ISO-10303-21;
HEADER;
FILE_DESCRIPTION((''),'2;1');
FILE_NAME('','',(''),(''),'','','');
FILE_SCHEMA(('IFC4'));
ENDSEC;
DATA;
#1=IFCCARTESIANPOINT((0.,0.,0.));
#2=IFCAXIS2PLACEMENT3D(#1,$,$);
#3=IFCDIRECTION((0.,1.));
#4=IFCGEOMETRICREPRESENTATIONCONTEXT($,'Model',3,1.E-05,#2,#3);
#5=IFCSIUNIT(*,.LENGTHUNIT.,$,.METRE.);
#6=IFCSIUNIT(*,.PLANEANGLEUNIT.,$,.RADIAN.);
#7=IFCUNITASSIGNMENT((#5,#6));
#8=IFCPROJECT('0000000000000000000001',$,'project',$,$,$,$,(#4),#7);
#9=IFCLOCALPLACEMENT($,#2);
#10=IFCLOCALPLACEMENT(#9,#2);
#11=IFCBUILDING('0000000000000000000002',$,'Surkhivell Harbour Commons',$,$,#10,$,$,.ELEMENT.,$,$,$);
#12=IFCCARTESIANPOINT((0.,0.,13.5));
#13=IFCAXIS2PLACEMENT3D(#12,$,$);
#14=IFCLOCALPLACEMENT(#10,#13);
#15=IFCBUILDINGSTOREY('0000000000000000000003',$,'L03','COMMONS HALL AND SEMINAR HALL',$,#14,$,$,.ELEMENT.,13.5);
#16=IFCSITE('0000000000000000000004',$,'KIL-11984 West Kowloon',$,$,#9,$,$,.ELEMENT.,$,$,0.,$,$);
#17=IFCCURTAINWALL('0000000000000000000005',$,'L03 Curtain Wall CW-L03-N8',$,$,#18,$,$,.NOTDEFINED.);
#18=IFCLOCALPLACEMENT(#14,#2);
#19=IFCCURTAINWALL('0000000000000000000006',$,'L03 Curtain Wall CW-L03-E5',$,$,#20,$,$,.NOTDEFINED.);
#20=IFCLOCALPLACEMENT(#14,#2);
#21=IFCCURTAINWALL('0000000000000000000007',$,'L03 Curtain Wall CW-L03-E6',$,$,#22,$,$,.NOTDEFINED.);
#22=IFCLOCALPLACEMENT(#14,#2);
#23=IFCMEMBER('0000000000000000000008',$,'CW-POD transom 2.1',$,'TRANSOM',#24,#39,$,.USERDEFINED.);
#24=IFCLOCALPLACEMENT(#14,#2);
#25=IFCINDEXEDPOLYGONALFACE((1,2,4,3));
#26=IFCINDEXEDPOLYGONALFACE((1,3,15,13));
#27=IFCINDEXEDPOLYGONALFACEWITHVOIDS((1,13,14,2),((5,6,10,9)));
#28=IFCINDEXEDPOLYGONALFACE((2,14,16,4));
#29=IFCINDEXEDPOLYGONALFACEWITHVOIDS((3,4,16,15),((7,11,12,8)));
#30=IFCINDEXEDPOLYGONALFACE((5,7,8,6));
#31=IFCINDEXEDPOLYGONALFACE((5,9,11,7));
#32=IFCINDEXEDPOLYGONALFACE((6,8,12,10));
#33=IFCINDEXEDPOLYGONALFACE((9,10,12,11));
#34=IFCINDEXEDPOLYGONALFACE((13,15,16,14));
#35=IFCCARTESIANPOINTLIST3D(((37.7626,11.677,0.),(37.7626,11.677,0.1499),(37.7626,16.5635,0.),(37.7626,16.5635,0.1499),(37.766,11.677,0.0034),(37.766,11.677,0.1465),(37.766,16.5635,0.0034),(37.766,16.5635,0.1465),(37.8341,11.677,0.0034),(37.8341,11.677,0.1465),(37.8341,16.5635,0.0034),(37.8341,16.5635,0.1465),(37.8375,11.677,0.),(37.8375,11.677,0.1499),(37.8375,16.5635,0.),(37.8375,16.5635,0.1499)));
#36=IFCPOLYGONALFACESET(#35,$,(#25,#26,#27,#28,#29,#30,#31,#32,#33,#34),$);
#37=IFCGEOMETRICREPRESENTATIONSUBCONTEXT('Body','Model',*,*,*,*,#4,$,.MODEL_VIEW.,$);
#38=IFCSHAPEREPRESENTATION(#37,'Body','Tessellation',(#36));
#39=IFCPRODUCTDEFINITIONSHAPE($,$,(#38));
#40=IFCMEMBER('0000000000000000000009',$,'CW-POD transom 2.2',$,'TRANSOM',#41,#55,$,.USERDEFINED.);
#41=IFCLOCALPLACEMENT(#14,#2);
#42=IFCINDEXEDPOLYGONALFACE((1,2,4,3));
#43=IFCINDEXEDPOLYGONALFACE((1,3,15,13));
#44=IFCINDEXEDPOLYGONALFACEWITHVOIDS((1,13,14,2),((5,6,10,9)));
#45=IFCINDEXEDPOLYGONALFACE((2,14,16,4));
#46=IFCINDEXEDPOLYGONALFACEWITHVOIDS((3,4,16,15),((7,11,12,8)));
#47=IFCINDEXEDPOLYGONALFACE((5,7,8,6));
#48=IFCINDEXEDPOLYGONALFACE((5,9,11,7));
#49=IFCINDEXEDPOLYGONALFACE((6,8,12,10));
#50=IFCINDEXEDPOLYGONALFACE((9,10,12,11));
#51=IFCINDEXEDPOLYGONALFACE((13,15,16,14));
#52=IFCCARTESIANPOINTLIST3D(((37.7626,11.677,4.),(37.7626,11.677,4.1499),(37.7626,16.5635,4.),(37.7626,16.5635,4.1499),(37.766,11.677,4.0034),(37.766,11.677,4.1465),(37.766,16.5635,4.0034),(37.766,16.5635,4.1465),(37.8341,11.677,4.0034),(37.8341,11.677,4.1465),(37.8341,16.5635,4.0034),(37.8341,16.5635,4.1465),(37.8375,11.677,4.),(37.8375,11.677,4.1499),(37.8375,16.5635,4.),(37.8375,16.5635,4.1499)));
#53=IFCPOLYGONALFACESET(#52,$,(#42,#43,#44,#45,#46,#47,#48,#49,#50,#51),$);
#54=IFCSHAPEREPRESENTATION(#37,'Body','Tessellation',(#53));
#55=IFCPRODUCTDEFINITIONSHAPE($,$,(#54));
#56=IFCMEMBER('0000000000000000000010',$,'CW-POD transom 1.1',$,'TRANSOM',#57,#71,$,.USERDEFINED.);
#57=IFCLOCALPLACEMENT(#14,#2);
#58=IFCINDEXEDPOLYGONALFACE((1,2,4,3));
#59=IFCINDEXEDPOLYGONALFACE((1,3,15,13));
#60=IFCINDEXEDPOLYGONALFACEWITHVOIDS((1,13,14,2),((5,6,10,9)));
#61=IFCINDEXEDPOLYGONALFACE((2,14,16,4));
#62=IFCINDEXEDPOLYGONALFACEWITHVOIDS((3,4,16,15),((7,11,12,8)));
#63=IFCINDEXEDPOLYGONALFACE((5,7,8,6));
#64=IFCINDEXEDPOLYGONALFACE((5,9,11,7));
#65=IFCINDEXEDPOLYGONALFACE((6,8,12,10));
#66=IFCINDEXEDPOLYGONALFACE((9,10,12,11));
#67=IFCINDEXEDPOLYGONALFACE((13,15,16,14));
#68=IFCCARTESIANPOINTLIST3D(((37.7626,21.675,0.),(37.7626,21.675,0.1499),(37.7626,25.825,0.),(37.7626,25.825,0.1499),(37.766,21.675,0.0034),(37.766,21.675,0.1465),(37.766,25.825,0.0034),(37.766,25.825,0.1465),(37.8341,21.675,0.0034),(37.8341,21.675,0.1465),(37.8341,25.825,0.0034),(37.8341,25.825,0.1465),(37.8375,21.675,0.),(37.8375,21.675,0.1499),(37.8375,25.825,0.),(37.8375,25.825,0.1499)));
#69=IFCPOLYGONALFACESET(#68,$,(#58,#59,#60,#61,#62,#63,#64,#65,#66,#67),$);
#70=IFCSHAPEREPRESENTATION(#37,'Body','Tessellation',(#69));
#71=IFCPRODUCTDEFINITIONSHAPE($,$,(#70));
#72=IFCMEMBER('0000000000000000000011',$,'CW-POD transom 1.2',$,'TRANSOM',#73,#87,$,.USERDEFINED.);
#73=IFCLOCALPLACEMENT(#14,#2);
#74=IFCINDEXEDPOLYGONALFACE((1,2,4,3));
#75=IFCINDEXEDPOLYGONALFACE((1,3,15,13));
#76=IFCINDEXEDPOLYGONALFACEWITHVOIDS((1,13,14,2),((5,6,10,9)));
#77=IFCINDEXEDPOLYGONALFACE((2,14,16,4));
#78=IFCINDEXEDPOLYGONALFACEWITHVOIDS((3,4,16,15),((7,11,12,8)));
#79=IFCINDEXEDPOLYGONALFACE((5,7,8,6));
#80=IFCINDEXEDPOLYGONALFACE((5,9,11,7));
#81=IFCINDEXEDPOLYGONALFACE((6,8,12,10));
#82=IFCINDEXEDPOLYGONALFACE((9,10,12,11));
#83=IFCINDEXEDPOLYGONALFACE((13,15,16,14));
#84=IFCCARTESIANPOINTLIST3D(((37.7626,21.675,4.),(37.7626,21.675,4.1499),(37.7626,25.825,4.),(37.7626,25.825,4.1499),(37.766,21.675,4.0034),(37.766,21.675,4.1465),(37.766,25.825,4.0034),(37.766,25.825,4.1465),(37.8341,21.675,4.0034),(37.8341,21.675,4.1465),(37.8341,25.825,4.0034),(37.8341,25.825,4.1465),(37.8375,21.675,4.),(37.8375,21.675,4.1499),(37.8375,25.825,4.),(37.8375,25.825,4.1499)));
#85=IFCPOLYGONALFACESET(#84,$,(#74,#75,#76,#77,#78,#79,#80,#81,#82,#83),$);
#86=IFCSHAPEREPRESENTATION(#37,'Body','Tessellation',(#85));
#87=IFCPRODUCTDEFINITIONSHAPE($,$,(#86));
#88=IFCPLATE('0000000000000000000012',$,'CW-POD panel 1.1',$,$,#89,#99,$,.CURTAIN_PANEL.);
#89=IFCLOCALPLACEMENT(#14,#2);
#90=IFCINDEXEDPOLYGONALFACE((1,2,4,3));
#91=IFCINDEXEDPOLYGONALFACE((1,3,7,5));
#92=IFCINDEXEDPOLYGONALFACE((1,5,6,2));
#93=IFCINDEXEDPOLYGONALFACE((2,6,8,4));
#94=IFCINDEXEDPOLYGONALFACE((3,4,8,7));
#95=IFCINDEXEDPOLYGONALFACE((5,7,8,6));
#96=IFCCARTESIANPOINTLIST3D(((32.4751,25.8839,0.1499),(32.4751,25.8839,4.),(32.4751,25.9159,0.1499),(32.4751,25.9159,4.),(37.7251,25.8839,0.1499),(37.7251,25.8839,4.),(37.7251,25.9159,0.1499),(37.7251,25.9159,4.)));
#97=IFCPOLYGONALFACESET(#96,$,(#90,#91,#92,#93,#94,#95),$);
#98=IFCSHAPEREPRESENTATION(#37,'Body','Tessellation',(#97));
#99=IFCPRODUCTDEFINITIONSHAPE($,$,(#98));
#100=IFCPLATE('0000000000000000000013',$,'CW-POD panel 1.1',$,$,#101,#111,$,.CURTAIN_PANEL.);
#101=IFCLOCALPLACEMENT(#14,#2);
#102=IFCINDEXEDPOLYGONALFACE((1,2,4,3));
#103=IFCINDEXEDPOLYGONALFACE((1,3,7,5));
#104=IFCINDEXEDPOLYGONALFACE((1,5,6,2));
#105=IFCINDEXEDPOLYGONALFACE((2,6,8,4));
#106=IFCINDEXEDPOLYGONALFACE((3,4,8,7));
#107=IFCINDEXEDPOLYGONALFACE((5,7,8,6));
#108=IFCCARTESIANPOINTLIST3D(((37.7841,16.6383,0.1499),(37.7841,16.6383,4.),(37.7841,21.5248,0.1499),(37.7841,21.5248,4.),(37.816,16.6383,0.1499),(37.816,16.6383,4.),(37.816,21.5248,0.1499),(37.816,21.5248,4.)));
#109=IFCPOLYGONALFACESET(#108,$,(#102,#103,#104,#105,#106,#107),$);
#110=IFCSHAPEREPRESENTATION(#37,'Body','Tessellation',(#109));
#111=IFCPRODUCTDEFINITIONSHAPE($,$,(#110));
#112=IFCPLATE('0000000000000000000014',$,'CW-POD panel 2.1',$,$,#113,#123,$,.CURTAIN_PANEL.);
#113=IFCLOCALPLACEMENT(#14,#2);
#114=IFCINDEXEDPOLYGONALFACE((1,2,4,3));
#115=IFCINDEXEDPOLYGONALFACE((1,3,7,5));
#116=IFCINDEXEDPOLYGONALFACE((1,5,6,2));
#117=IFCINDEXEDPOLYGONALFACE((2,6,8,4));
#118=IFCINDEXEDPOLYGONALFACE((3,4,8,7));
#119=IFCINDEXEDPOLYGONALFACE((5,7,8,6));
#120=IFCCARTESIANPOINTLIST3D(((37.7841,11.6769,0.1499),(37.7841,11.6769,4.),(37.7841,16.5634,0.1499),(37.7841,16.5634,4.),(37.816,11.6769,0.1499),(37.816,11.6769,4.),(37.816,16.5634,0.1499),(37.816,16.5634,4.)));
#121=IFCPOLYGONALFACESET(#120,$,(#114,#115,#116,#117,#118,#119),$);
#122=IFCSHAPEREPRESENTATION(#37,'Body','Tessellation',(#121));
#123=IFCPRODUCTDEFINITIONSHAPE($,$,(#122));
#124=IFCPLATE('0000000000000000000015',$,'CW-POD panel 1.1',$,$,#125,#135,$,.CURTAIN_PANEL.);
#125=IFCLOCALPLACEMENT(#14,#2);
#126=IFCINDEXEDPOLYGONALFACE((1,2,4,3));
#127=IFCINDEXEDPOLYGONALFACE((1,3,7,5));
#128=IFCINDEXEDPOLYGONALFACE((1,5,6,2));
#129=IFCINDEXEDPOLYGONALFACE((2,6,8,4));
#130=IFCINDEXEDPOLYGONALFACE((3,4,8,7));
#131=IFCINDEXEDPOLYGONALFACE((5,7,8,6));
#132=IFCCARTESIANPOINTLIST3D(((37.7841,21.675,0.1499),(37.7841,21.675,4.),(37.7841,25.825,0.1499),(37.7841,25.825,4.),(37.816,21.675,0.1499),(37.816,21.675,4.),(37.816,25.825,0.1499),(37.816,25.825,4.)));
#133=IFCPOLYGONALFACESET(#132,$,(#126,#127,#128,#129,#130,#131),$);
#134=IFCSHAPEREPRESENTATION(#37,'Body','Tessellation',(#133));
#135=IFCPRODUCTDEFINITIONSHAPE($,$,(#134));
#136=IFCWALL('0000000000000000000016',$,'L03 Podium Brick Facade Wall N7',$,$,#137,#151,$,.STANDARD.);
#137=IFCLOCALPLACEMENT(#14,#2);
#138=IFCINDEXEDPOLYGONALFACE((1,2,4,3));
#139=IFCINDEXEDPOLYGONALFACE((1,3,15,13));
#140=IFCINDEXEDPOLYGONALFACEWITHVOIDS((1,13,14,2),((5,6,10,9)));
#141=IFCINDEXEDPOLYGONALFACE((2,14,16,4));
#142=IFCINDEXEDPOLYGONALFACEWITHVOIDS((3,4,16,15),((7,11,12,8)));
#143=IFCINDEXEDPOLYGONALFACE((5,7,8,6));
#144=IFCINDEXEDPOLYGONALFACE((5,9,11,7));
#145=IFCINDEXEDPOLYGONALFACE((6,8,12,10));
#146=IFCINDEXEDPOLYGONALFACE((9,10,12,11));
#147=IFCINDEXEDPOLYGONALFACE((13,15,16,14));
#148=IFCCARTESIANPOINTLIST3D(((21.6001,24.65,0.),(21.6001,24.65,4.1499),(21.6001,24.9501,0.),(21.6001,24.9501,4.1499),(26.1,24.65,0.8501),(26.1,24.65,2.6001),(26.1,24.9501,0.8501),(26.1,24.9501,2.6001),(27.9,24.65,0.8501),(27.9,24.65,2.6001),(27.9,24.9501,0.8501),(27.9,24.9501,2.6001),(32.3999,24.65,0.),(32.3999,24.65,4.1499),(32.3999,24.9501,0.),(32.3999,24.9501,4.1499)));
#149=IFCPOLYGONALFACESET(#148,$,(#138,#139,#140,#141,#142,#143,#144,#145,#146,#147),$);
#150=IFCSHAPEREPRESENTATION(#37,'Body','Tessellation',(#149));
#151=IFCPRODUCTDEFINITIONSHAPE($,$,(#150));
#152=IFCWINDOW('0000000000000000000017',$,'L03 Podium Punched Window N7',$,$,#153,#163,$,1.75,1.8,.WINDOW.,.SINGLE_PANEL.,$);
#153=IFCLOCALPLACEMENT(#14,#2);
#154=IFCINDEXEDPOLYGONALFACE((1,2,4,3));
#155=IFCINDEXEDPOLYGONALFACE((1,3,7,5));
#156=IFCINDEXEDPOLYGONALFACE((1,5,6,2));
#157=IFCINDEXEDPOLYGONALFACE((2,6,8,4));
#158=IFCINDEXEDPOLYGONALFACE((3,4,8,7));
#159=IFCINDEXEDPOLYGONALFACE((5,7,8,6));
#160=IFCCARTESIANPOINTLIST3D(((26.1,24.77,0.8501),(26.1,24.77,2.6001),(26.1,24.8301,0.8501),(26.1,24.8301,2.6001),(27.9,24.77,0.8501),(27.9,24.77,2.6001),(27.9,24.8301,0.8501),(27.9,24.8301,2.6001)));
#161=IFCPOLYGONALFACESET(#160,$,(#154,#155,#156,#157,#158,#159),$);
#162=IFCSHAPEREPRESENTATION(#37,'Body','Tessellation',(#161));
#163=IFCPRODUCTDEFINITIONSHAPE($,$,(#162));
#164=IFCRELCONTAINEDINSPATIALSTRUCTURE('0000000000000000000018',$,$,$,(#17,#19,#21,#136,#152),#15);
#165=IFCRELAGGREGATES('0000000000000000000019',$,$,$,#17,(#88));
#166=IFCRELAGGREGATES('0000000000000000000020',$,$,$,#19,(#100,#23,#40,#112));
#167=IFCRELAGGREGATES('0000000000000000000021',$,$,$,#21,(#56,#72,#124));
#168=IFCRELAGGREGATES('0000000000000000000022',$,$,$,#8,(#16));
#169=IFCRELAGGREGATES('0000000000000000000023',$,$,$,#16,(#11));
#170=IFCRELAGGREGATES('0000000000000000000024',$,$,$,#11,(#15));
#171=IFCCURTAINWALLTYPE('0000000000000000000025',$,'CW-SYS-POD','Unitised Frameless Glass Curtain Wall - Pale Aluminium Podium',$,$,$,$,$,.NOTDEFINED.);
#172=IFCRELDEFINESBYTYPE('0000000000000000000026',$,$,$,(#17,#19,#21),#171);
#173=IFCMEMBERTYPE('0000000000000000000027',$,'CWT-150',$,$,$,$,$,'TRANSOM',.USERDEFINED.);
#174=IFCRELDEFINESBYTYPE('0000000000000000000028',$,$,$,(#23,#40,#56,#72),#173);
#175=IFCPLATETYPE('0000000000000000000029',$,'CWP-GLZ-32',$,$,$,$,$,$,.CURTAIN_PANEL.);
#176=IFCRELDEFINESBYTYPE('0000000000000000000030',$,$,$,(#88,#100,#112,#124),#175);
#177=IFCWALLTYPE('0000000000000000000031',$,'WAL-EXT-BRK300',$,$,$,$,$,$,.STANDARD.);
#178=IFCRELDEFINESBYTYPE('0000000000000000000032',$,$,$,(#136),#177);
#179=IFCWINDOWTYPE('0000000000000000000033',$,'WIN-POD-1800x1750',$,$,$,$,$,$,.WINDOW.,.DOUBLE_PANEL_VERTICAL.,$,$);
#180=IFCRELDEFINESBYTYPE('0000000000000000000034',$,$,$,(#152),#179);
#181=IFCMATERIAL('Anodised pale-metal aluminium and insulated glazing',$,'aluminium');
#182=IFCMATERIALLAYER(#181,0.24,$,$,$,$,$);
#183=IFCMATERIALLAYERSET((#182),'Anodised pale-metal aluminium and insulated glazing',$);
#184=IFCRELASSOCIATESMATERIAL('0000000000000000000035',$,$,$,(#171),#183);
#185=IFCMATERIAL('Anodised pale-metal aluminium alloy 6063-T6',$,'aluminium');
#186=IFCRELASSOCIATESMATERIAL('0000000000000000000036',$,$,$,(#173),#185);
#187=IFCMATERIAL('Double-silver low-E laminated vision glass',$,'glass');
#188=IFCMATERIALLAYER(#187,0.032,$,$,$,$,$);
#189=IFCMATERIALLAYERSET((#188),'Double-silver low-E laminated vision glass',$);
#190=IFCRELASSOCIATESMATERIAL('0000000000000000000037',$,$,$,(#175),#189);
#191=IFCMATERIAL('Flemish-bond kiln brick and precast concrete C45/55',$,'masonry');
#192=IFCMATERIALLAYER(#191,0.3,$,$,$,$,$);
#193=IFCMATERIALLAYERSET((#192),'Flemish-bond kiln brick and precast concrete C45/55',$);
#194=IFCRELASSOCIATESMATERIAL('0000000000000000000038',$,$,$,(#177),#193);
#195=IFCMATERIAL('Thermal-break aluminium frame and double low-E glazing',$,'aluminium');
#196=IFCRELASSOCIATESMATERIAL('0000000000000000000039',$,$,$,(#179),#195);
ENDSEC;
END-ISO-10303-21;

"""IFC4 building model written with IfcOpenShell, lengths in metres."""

from ifc_helpers import new_model, si_unit, direction, frame, frame_2d, origin, origin_2d, place, context, subcontext, project, spatial, rectangle, hollow_rectangle, extrude, material, layer, layer_set, material_profile, profile_set, type_object, element, fill, aggregate, save


model = new_model("IFC4")

# Units and contexts
model_context = context("Model", 3, precision=1e-05, world=origin(), true_north=direction((0.0, 1.0)))
body_context = subcontext(model_context, "Body", "Model", "MODEL_VIEW")
ifc_project = project(units=[si_unit("LENGTHUNIT", "METRE"), si_unit("PLANEANGLEUNIT", "RADIAN")], contexts=[model_context])

# Site, building, storey
site_placement = place(None, origin())
site = spatial("IfcSite", under=ifc_project, at=site_placement, Name="KIL-11984 West Kowloon", CompositionType="ELEMENT", RefElevation=0.0)
building_placement = place(site_placement, origin())
building = spatial("IfcBuilding", under=site, at=building_placement, Name="Surkhivell Harbour Commons", CompositionType="ELEMENT")
storey_placement = place(building_placement, frame((0.0, 0.0, 13.5)))
storey = spatial("IfcBuildingStorey", under=building, at=storey_placement, Name="L03", Description="COMMONS HALL AND SEMINAR HALL", CompositionType="ELEMENT", Elevation=13.5)

# Shared definitions
ifc_material_1 = material(Name="Anodised pale-metal aluminium and insulated glazing", Category="aluminium")
ifc_layer_1 = layer(ifc_material_1, 0.24)
ifc_layer_set_1 = layer_set([ifc_layer_1], Name="Anodised pale-metal aluminium and insulated glazing")
curtain_wall_type = type_object("IfcCurtainWallType", Name="CW-SYS-POD", Description="Unitised Frameless Glass Curtain Wall - Pale Aluminium Podium", PredefinedType="NOTDEFINED", material=ifc_layer_set_1)
ifc_material_2 = material(Name="Anodised pale-metal aluminium alloy 6063-T6", Category="aluminium")

# Curtain walls
curtain_wall_1_placement = place(storey_placement, origin())
curtain_wall_1 = element("IfcCurtainWall", 1, at=curtain_wall_1_placement, inside=storey, type_object=curtain_wall_type, Name="L03 Curtain Wall CW-L03-N8", PredefinedType="NOTDEFINED")
curtain_wall_2_placement = place(storey_placement, origin())
curtain_wall_2 = element("IfcCurtainWall", 2, at=curtain_wall_2_placement, inside=storey, type_object=curtain_wall_type, Name="L03 Curtain Wall CW-L03-E5", PredefinedType="NOTDEFINED")
curtain_wall_3_placement = place(storey_placement, origin())
curtain_wall_3 = element("IfcCurtainWall", 3, at=curtain_wall_3_placement, inside=storey, type_object=curtain_wall_type, Name="L03 Curtain Wall CW-L03-E6", PredefinedType="NOTDEFINED")

# Members
ifc_material_profile_1 = material_profile(ifc_material_2, hollow_rectangle(XDim=0.075, YDim=0.1499, WallThickness=0.0034, at=origin_2d()), Name="ALU-TRAN-75x150")
ifc_profile_set_1 = profile_set([ifc_material_profile_1], Name="Anodised pale-metal aluminium alloy 6063-T6")
member_type_1 = type_object("IfcMemberType", Name="CWT-150", ElementType="TRANSOM", PredefinedType="USERDEFINED", material=ifc_profile_set_1)
member_1_placement = place(storey_placement, frame((37.8, 16.5635, 0.075), z_axis=(0.0, -1.0, 0.0), x_axis=(1.0, 0.0, 0.0)))
member_1 = element("IfcMember", 4, at=member_1_placement, type_object=member_type_1, Name="CW-POD transom 2.1", ObjectType="TRANSOM", PredefinedType="USERDEFINED", context=body_context, shape_type="SweptSolid", body=[
    extrude(hollow_rectangle(XDim=0.075, YDim=0.1499, WallThickness=0.0034, at=origin_2d()), origin(), (0.0, 0.0, 1.0), 4.8865),
])
member_2_placement = place(storey_placement, frame((37.8, 16.5635, 4.075), z_axis=(0.0, -1.0, 0.0), x_axis=(1.0, 0.0, 0.0)))
member_2 = element("IfcMember", 5, at=member_2_placement, type_object=member_type_1, Name="CW-POD transom 2.2", ObjectType="TRANSOM", PredefinedType="USERDEFINED", context=body_context, shape_type="SweptSolid", body=[
    extrude(hollow_rectangle(XDim=0.075, YDim=0.1499, WallThickness=0.0034, at=origin_2d()), origin(), (0.0, 0.0, 1.0), 4.8865),
])
member_3_placement = place(storey_placement, frame((37.8, 25.825, 0.075), z_axis=(0.0, -1.0, 0.0), x_axis=(1.0, 0.0, 0.0)))
member_3 = element("IfcMember", 6, at=member_3_placement, type_object=member_type_1, Name="CW-POD transom 1.1", ObjectType="TRANSOM", PredefinedType="USERDEFINED", context=body_context, shape_type="SweptSolid", body=[
    extrude(hollow_rectangle(XDim=0.075, YDim=0.1499, WallThickness=0.0034, at=origin_2d()), origin(), (0.0, 0.0, 1.0), 4.1499),
])
member_4_placement = place(storey_placement, frame((37.8, 25.825, 4.075), z_axis=(0.0, -1.0, 0.0), x_axis=(1.0, 0.0, 0.0)))
member_4 = element("IfcMember", 7, at=member_4_placement, type_object=member_type_1, Name="CW-POD transom 1.2", ObjectType="TRANSOM", PredefinedType="USERDEFINED", context=body_context, shape_type="SweptSolid", body=[
    extrude(hollow_rectangle(XDim=0.075, YDim=0.1499, WallThickness=0.0034, at=origin_2d()), origin(), (0.0, 0.0, 1.0), 4.1499),
])

# Plates
ifc_material_3 = material(Name="Double-silver low-E laminated vision glass", Category="glass")
ifc_layer_2 = layer(ifc_material_3, 0.032)
ifc_layer_set_2 = layer_set([ifc_layer_2], Name="Double-silver low-E laminated vision glass")
plate_type = type_object("IfcPlateType", Name="CWP-GLZ-32", PredefinedType="CURTAIN_PANEL", material=ifc_layer_set_2)
plate_1_placement = place(storey_placement, frame((32.4751, 25.8999, 0.1499), z_axis=(0.0, 0.0, 1.0), x_axis=(1.0, 0.0, 0.0)))
plate_1 = element("IfcPlate", 8, at=plate_1_placement, type_object=plate_type, Name="CW-POD panel 1.1", PredefinedType="CURTAIN_PANEL", context=body_context, shape_type="SweptSolid", body=[
    extrude(rectangle(XDim=5.25, YDim=0.032, at=frame_2d((2.625, 0.0))), origin(), (0.0, 0.0, 1.0), 3.8501),
])
aggregate(curtain_wall_1, [plate_1])
plate_2_placement = place(storey_placement, frame((37.8, 21.5249, 0.1499), z_axis=(0.0, 0.0, 1.0), x_axis=(0.0, -1.0, 0.0)))
plate_2 = element("IfcPlate", 9, at=plate_2_placement, type_object=plate_type, Name="CW-POD panel 1.1", PredefinedType="CURTAIN_PANEL", context=body_context, shape_type="SweptSolid", body=[
    extrude(rectangle(XDim=4.8865, YDim=0.032, at=frame_2d((2.4434, 0.0))), origin(), (0.0, 0.0, 1.0), 3.8501),
])
plate_3_placement = place(storey_placement, frame((37.8, 16.5635, 0.1499), z_axis=(0.0, 0.0, 1.0), x_axis=(0.0, -1.0, 0.0)))
plate_3 = element("IfcPlate", 10, at=plate_3_placement, type_object=plate_type, Name="CW-POD panel 2.1", PredefinedType="CURTAIN_PANEL", context=body_context, shape_type="SweptSolid", body=[
    extrude(rectangle(XDim=4.8865, YDim=0.032, at=frame_2d((2.4434, 0.0))), origin(), (0.0, 0.0, 1.0), 3.8501),
])
aggregate(curtain_wall_2, [plate_2, member_1, member_2, plate_3])
plate_4_placement = place(storey_placement, frame((37.8, 25.825, 0.1499), z_axis=(0.0, 0.0, 1.0), x_axis=(0.0, -1.0, 0.0)))
plate_4 = element("IfcPlate", 11, at=plate_4_placement, type_object=plate_type, Name="CW-POD panel 1.1", PredefinedType="CURTAIN_PANEL", context=body_context, shape_type="SweptSolid", body=[
    extrude(rectangle(XDim=4.1499, YDim=0.032, at=frame_2d((2.075, 0.0))), origin(), (0.0, 0.0, 1.0), 3.8501),
])
aggregate(curtain_wall_3, [member_3, member_4, plate_4])

# Wall, opening, window
ifc_material_4 = material(Name="Flemish-bond kiln brick and precast concrete C45/55", Category="masonry")
ifc_layer_3 = layer(ifc_material_4, 0.3)
ifc_layer_set_3 = layer_set([ifc_layer_3], Name="Flemish-bond kiln brick and precast concrete C45/55")
wall_type = type_object("IfcWallType", Name="WAL-EXT-BRK300", PredefinedType="STANDARD", material=ifc_layer_set_3)
wall_placement = place(storey_placement, frame((21.6001, 24.8, 0.0), z_axis=(0.0, 0.0, 1.0), x_axis=(1.0, 0.0, 0.0)))
wall = element("IfcWall", 12, at=wall_placement, inside=storey, type_object=wall_type, Name="L03 Podium Brick Facade Wall N7", PredefinedType="STANDARD", context=body_context, shape_type="SweptSolid", body=[
    extrude(rectangle(XDim=10.7998, YDim=0.3, at=frame_2d((5.3999, 0.0))), origin(), (0.0, 0.0, 1.0), 4.1499),
])
opening_placement = place(wall_placement, frame((4.5, 0.0, 0.8501)))
opening = element("IfcOpeningElement", 13, at=opening_placement, cuts=wall, PredefinedType="OPENING", context=body_context, shape_type="SweptSolid", body=[
    extrude(rectangle(XDim=1.8, YDim=1.75, at=frame_2d((0.8999, 0.875))), frame((0.0, 0.1599, 0.0), z_axis=(0.0, -1.0, 0.0), x_axis=(1.0, 0.0, 0.0)), (0.0, 0.0, 1.0), 0.3201),
])
ifc_material_5 = material(Name="Thermal-break aluminium frame and double low-E glazing", Category="aluminium")
window_type = type_object("IfcWindowType", Name="WIN-POD-1800x1750", PartitioningType="DOUBLE_PANEL_VERTICAL", PredefinedType="WINDOW", material=ifc_material_5)
window_placement = place(opening_placement, origin())
window = element("IfcWindow", 14, at=window_placement, inside=storey, type_object=window_type, Name="L03 Podium Punched Window N7", OverallHeight=1.75, OverallWidth=1.8, PartitioningType="SINGLE_PANEL", PredefinedType="WINDOW", context=body_context, shape_type="SweptSolid", body=[
    extrude(rectangle(XDim=1.8, YDim=1.75, at=frame_2d((0.8999, 0.875))), frame((0.0, 0.03, 0.0), z_axis=(0.0, -1.0, 0.0), x_axis=(1.0, 0.0, 0.0)), (0.0, 0.0, 1.0), 0.0601),
])
fill(opening, window)

save(model, "model.ifc")
